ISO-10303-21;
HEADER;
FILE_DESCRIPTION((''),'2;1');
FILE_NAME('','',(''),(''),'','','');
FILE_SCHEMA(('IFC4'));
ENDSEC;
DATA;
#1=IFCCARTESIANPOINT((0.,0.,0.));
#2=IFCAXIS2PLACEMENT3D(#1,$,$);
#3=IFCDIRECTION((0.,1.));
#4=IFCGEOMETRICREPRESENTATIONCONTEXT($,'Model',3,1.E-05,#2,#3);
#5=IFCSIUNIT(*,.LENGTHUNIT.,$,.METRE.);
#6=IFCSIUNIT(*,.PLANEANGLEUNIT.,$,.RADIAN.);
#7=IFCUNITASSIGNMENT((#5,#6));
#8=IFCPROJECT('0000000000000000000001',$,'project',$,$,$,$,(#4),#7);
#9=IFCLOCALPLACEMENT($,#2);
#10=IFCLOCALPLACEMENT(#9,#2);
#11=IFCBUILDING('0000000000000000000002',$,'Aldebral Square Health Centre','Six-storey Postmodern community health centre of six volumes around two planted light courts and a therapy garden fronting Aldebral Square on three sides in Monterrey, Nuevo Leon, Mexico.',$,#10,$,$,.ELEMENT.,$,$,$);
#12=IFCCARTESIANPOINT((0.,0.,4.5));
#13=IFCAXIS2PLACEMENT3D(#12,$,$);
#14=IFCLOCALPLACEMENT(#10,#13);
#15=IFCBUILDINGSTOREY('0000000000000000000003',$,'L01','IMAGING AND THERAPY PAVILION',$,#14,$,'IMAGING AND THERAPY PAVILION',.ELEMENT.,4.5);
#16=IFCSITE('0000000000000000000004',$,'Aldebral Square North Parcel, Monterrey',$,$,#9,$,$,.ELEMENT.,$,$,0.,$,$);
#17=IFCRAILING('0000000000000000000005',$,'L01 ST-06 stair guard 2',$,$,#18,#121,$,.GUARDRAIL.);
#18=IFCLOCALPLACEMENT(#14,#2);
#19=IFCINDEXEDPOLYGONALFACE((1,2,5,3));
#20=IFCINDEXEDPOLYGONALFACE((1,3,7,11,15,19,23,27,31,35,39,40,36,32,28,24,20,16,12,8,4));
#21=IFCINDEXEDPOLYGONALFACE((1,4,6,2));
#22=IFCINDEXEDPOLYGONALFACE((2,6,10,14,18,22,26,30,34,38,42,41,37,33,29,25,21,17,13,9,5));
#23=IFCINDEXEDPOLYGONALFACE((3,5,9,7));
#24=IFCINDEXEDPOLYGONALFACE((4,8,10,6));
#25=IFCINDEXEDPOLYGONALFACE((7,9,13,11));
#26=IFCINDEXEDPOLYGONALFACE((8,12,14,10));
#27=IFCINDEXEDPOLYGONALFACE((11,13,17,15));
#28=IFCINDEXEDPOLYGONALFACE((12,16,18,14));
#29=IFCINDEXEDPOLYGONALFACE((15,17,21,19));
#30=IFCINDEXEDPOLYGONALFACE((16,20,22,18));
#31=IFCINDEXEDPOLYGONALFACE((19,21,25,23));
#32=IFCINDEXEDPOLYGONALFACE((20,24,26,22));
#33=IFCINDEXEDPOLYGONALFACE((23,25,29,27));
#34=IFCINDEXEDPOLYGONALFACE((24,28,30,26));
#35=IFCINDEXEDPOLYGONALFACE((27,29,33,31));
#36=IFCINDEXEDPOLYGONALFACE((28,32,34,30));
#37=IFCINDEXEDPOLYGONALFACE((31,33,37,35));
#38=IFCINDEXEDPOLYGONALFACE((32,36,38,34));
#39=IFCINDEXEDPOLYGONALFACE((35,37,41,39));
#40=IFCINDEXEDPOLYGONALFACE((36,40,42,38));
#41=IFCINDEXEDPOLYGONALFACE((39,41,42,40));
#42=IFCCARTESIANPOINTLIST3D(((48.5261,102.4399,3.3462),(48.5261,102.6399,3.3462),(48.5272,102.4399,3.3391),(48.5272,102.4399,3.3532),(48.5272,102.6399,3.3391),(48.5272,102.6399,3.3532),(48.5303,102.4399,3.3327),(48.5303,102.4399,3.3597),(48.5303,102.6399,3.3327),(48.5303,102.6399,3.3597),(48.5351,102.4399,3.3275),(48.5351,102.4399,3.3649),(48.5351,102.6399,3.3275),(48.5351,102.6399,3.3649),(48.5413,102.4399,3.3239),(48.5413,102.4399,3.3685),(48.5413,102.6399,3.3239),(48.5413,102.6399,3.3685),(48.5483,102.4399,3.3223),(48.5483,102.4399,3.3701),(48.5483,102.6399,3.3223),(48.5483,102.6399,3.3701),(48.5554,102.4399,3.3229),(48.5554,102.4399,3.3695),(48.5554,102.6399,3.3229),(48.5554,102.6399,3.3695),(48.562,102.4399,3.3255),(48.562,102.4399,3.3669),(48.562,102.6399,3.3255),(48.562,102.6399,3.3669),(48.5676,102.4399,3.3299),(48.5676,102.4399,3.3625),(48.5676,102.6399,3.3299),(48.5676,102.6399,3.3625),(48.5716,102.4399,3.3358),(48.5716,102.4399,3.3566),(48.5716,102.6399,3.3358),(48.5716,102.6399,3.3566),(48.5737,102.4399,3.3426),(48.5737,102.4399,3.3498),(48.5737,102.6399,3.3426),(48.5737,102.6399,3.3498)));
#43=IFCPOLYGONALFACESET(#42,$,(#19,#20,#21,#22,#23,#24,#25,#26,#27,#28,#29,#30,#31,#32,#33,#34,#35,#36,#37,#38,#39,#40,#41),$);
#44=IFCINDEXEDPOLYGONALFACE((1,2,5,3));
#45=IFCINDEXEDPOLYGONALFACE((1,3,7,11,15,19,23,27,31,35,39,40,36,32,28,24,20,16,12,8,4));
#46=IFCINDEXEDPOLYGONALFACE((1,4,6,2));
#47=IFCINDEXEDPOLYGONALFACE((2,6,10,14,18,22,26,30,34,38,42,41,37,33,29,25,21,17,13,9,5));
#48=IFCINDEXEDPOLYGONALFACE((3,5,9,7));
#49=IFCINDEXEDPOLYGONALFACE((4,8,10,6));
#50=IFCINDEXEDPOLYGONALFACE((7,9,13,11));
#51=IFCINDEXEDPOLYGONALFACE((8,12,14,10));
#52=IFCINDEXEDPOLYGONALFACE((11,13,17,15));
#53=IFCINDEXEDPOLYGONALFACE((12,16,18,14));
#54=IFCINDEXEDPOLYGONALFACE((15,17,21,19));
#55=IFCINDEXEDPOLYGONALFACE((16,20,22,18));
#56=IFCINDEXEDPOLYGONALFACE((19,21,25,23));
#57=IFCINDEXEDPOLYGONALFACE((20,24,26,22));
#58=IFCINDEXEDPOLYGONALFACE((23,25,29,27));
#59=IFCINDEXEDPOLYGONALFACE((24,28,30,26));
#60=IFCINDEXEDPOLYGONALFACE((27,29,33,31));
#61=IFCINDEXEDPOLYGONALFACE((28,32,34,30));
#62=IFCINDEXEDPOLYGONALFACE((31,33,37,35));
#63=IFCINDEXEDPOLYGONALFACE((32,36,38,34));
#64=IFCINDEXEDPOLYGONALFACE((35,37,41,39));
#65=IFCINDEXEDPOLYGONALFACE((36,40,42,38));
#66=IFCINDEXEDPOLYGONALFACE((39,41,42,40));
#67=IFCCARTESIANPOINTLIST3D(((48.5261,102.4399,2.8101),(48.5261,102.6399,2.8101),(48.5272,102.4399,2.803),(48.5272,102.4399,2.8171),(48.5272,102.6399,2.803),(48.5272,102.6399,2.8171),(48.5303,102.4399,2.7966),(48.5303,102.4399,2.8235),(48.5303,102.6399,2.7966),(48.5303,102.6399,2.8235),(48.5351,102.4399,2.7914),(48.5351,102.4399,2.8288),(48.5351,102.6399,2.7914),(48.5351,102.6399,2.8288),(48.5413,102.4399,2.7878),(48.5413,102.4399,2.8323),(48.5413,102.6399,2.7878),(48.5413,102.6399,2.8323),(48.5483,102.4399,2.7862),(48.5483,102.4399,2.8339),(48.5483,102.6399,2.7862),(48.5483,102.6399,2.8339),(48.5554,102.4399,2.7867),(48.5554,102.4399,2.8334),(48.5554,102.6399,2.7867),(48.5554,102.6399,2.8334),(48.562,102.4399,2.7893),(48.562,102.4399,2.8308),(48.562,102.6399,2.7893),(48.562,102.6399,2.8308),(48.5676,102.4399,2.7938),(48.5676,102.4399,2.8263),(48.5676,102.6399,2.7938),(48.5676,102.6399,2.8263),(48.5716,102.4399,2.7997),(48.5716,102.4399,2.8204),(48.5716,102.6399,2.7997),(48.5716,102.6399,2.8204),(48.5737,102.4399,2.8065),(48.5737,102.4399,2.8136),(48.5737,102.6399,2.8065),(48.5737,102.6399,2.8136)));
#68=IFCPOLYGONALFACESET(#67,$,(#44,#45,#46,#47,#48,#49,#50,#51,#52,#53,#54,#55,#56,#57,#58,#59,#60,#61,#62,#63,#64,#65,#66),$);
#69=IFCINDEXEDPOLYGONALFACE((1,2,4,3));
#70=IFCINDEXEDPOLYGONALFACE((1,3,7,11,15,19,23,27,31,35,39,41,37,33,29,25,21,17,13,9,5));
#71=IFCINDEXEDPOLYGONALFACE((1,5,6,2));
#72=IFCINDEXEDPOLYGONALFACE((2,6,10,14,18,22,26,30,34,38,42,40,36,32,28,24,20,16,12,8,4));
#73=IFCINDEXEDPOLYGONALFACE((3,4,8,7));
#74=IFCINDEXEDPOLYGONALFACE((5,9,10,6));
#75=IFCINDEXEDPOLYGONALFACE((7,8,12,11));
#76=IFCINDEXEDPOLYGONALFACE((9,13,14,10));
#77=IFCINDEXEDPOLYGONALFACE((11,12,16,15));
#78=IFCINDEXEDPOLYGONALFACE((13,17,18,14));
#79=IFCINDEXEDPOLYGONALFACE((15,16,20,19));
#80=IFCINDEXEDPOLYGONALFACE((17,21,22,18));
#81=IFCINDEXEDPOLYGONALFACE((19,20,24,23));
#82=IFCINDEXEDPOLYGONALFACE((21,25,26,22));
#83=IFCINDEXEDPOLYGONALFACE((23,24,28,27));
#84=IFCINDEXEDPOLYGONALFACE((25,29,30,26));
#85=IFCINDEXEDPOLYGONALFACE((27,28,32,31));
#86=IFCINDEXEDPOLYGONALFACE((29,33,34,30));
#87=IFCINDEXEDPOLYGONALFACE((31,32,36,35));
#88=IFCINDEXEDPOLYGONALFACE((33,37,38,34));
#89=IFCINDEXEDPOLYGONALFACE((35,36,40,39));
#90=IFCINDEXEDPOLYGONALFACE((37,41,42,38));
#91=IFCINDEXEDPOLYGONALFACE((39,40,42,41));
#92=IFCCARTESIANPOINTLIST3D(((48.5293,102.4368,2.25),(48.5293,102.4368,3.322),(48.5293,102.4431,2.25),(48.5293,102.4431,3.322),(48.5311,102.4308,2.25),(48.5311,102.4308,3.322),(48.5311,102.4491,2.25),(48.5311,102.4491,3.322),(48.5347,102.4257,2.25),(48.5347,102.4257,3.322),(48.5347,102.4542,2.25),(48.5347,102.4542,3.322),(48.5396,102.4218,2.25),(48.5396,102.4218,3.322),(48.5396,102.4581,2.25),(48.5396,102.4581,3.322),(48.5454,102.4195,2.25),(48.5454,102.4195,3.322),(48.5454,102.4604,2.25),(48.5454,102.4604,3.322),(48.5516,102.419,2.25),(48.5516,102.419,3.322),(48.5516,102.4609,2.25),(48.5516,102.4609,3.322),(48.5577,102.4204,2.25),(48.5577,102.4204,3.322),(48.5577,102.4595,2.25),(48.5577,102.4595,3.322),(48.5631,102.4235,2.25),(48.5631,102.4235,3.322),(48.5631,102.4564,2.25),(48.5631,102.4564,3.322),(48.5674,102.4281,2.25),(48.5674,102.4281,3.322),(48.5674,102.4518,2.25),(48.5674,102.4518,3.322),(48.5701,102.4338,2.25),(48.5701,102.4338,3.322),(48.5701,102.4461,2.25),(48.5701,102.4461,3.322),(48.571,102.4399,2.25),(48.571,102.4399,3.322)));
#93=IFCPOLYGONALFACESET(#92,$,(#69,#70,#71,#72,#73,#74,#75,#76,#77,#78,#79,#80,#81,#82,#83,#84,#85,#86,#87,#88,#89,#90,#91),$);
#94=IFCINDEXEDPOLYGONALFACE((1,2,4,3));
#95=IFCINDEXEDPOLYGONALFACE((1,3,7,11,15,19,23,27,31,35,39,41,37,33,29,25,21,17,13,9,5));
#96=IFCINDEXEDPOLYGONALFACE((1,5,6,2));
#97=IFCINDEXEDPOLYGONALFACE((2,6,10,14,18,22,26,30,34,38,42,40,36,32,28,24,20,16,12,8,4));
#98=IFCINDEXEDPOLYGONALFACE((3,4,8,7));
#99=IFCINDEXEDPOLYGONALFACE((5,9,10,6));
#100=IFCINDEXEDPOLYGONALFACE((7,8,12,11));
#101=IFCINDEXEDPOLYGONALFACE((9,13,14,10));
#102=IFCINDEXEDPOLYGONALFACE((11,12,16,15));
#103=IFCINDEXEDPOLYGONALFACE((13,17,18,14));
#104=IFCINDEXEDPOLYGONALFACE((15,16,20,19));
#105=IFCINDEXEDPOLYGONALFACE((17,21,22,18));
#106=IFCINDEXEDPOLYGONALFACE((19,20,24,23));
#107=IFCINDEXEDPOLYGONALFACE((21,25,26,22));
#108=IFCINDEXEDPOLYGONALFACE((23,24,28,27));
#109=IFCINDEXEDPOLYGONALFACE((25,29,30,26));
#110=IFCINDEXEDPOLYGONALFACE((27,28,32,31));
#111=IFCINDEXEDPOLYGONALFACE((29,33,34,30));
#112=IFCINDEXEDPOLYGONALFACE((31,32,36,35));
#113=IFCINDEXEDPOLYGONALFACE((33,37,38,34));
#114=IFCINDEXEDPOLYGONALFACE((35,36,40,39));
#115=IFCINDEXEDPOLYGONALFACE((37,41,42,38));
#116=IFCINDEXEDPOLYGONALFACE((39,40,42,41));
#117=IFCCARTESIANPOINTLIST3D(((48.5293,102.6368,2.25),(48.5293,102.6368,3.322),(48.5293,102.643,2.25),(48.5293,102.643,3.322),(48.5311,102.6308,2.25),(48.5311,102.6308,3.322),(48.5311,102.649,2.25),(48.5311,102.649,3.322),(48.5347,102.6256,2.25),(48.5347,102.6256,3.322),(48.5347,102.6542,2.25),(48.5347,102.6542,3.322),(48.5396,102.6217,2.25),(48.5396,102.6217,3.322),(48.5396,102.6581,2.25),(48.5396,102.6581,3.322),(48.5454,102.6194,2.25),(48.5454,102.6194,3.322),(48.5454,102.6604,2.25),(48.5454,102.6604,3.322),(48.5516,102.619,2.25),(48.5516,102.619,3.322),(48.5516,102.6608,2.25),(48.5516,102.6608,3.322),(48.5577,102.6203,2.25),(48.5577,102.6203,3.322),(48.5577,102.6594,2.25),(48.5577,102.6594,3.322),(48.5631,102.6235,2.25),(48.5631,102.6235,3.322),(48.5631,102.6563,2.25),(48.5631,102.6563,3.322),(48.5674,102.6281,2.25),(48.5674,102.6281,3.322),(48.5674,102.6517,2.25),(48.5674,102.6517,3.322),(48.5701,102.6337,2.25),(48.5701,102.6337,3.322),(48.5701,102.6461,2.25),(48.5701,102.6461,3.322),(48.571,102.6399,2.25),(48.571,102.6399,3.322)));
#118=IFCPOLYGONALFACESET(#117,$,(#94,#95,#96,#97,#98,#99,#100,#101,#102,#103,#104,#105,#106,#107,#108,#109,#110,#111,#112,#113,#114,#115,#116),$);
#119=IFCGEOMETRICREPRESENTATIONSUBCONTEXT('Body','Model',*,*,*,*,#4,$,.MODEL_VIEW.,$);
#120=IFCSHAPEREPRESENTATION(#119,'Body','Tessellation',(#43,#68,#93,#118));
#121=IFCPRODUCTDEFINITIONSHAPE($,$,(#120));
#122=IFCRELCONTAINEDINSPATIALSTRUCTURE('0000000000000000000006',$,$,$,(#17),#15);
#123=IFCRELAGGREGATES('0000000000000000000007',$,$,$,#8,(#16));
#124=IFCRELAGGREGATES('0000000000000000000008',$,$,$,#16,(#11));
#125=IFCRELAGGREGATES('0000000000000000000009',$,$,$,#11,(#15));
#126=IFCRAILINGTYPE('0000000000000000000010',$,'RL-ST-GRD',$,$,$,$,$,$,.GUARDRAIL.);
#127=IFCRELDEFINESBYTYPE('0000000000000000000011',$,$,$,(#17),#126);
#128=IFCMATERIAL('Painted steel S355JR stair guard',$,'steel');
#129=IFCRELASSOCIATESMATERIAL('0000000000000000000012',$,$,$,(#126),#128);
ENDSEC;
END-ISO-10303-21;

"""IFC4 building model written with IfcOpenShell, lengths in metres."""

from ifc_helpers import new_model, si_unit, direction, frame, origin, origin_2d, place, context, subcontext, project, spatial, circle, extrude, material, type_object, element, save


model = new_model("IFC4")

# Units and contexts
model_context = context("Model", 3, precision=1e-05, world=origin(), true_north=direction((0.0, 1.0)))
body_context = subcontext(model_context, "Body", "Model", "MODEL_VIEW")
ifc_project = project(units=[si_unit("LENGTHUNIT", "METRE"), si_unit("PLANEANGLEUNIT", "RADIAN")], contexts=[model_context])

# Site, building, storey
site_placement = place(None, origin())
site = spatial("IfcSite", under=ifc_project, at=site_placement, Name="Aldebral Square North Parcel, Monterrey", CompositionType="ELEMENT", RefElevation=0.0)
building_placement = place(site_placement, origin())
building = spatial("IfcBuilding", under=site, at=building_placement, Name="Aldebral Square Health Centre", Description="Six-storey Postmodern community health centre of six volumes around two planted light courts and a therapy garden fronting Aldebral Square on three sides in Monterrey, Nuevo Leon, Mexico.", CompositionType="ELEMENT")
storey_placement = place(building_placement, frame((0.0, 0.0, 4.5)))
storey = spatial("IfcBuildingStorey", under=building, at=storey_placement, Name="L01", Description="IMAGING AND THERAPY PAVILION", LongName="IMAGING AND THERAPY PAVILION", CompositionType="ELEMENT", Elevation=4.5)

# Railing
ifc_material_1 = material(Name="Painted steel S355JR stair guard", Category="steel")
railing_type_1 = type_object("IfcRailingType", Name="RL-ST-GRD", PredefinedType="GUARDRAIL", material=ifc_material_1)
railing_1_placement = place(storey_placement, frame((48.55, 102.4399, 2.25)))
element("IfcRailing", 1, at=railing_1_placement, inside=storey, type_object=railing_type_1, Name="L01 ST-06 stair guard 2", PredefinedType="GUARDRAIL", context=body_context, shape_type="SweptSolid", body=[
    extrude(circle(Radius=0.0239, at=origin_2d()), frame((0.0, 0.0, 1.0962), z_axis=(0.0, 1.0, 0.0), x_axis=(-1.0, 0.0, 0.0)), (0.0, 0.0, 1.0), 0.2),
    extrude(circle(Radius=0.0239, at=origin_2d()), frame((0.0, 0.0, 0.5601), z_axis=(0.0, 1.0, 0.0), x_axis=(-1.0, 0.0, 0.0)), (0.0, 0.0, 1.0), 0.2),
    extrude(circle(Radius=0.021, at=origin_2d()), origin(), (0.0, 0.0, 1.0), 1.072),
    extrude(circle(Radius=0.021, at=origin_2d()), frame((0.0, 0.2, 0.0)), (0.0, 0.0, 1.0), 1.072),
])

save(model, "model.ifc")
